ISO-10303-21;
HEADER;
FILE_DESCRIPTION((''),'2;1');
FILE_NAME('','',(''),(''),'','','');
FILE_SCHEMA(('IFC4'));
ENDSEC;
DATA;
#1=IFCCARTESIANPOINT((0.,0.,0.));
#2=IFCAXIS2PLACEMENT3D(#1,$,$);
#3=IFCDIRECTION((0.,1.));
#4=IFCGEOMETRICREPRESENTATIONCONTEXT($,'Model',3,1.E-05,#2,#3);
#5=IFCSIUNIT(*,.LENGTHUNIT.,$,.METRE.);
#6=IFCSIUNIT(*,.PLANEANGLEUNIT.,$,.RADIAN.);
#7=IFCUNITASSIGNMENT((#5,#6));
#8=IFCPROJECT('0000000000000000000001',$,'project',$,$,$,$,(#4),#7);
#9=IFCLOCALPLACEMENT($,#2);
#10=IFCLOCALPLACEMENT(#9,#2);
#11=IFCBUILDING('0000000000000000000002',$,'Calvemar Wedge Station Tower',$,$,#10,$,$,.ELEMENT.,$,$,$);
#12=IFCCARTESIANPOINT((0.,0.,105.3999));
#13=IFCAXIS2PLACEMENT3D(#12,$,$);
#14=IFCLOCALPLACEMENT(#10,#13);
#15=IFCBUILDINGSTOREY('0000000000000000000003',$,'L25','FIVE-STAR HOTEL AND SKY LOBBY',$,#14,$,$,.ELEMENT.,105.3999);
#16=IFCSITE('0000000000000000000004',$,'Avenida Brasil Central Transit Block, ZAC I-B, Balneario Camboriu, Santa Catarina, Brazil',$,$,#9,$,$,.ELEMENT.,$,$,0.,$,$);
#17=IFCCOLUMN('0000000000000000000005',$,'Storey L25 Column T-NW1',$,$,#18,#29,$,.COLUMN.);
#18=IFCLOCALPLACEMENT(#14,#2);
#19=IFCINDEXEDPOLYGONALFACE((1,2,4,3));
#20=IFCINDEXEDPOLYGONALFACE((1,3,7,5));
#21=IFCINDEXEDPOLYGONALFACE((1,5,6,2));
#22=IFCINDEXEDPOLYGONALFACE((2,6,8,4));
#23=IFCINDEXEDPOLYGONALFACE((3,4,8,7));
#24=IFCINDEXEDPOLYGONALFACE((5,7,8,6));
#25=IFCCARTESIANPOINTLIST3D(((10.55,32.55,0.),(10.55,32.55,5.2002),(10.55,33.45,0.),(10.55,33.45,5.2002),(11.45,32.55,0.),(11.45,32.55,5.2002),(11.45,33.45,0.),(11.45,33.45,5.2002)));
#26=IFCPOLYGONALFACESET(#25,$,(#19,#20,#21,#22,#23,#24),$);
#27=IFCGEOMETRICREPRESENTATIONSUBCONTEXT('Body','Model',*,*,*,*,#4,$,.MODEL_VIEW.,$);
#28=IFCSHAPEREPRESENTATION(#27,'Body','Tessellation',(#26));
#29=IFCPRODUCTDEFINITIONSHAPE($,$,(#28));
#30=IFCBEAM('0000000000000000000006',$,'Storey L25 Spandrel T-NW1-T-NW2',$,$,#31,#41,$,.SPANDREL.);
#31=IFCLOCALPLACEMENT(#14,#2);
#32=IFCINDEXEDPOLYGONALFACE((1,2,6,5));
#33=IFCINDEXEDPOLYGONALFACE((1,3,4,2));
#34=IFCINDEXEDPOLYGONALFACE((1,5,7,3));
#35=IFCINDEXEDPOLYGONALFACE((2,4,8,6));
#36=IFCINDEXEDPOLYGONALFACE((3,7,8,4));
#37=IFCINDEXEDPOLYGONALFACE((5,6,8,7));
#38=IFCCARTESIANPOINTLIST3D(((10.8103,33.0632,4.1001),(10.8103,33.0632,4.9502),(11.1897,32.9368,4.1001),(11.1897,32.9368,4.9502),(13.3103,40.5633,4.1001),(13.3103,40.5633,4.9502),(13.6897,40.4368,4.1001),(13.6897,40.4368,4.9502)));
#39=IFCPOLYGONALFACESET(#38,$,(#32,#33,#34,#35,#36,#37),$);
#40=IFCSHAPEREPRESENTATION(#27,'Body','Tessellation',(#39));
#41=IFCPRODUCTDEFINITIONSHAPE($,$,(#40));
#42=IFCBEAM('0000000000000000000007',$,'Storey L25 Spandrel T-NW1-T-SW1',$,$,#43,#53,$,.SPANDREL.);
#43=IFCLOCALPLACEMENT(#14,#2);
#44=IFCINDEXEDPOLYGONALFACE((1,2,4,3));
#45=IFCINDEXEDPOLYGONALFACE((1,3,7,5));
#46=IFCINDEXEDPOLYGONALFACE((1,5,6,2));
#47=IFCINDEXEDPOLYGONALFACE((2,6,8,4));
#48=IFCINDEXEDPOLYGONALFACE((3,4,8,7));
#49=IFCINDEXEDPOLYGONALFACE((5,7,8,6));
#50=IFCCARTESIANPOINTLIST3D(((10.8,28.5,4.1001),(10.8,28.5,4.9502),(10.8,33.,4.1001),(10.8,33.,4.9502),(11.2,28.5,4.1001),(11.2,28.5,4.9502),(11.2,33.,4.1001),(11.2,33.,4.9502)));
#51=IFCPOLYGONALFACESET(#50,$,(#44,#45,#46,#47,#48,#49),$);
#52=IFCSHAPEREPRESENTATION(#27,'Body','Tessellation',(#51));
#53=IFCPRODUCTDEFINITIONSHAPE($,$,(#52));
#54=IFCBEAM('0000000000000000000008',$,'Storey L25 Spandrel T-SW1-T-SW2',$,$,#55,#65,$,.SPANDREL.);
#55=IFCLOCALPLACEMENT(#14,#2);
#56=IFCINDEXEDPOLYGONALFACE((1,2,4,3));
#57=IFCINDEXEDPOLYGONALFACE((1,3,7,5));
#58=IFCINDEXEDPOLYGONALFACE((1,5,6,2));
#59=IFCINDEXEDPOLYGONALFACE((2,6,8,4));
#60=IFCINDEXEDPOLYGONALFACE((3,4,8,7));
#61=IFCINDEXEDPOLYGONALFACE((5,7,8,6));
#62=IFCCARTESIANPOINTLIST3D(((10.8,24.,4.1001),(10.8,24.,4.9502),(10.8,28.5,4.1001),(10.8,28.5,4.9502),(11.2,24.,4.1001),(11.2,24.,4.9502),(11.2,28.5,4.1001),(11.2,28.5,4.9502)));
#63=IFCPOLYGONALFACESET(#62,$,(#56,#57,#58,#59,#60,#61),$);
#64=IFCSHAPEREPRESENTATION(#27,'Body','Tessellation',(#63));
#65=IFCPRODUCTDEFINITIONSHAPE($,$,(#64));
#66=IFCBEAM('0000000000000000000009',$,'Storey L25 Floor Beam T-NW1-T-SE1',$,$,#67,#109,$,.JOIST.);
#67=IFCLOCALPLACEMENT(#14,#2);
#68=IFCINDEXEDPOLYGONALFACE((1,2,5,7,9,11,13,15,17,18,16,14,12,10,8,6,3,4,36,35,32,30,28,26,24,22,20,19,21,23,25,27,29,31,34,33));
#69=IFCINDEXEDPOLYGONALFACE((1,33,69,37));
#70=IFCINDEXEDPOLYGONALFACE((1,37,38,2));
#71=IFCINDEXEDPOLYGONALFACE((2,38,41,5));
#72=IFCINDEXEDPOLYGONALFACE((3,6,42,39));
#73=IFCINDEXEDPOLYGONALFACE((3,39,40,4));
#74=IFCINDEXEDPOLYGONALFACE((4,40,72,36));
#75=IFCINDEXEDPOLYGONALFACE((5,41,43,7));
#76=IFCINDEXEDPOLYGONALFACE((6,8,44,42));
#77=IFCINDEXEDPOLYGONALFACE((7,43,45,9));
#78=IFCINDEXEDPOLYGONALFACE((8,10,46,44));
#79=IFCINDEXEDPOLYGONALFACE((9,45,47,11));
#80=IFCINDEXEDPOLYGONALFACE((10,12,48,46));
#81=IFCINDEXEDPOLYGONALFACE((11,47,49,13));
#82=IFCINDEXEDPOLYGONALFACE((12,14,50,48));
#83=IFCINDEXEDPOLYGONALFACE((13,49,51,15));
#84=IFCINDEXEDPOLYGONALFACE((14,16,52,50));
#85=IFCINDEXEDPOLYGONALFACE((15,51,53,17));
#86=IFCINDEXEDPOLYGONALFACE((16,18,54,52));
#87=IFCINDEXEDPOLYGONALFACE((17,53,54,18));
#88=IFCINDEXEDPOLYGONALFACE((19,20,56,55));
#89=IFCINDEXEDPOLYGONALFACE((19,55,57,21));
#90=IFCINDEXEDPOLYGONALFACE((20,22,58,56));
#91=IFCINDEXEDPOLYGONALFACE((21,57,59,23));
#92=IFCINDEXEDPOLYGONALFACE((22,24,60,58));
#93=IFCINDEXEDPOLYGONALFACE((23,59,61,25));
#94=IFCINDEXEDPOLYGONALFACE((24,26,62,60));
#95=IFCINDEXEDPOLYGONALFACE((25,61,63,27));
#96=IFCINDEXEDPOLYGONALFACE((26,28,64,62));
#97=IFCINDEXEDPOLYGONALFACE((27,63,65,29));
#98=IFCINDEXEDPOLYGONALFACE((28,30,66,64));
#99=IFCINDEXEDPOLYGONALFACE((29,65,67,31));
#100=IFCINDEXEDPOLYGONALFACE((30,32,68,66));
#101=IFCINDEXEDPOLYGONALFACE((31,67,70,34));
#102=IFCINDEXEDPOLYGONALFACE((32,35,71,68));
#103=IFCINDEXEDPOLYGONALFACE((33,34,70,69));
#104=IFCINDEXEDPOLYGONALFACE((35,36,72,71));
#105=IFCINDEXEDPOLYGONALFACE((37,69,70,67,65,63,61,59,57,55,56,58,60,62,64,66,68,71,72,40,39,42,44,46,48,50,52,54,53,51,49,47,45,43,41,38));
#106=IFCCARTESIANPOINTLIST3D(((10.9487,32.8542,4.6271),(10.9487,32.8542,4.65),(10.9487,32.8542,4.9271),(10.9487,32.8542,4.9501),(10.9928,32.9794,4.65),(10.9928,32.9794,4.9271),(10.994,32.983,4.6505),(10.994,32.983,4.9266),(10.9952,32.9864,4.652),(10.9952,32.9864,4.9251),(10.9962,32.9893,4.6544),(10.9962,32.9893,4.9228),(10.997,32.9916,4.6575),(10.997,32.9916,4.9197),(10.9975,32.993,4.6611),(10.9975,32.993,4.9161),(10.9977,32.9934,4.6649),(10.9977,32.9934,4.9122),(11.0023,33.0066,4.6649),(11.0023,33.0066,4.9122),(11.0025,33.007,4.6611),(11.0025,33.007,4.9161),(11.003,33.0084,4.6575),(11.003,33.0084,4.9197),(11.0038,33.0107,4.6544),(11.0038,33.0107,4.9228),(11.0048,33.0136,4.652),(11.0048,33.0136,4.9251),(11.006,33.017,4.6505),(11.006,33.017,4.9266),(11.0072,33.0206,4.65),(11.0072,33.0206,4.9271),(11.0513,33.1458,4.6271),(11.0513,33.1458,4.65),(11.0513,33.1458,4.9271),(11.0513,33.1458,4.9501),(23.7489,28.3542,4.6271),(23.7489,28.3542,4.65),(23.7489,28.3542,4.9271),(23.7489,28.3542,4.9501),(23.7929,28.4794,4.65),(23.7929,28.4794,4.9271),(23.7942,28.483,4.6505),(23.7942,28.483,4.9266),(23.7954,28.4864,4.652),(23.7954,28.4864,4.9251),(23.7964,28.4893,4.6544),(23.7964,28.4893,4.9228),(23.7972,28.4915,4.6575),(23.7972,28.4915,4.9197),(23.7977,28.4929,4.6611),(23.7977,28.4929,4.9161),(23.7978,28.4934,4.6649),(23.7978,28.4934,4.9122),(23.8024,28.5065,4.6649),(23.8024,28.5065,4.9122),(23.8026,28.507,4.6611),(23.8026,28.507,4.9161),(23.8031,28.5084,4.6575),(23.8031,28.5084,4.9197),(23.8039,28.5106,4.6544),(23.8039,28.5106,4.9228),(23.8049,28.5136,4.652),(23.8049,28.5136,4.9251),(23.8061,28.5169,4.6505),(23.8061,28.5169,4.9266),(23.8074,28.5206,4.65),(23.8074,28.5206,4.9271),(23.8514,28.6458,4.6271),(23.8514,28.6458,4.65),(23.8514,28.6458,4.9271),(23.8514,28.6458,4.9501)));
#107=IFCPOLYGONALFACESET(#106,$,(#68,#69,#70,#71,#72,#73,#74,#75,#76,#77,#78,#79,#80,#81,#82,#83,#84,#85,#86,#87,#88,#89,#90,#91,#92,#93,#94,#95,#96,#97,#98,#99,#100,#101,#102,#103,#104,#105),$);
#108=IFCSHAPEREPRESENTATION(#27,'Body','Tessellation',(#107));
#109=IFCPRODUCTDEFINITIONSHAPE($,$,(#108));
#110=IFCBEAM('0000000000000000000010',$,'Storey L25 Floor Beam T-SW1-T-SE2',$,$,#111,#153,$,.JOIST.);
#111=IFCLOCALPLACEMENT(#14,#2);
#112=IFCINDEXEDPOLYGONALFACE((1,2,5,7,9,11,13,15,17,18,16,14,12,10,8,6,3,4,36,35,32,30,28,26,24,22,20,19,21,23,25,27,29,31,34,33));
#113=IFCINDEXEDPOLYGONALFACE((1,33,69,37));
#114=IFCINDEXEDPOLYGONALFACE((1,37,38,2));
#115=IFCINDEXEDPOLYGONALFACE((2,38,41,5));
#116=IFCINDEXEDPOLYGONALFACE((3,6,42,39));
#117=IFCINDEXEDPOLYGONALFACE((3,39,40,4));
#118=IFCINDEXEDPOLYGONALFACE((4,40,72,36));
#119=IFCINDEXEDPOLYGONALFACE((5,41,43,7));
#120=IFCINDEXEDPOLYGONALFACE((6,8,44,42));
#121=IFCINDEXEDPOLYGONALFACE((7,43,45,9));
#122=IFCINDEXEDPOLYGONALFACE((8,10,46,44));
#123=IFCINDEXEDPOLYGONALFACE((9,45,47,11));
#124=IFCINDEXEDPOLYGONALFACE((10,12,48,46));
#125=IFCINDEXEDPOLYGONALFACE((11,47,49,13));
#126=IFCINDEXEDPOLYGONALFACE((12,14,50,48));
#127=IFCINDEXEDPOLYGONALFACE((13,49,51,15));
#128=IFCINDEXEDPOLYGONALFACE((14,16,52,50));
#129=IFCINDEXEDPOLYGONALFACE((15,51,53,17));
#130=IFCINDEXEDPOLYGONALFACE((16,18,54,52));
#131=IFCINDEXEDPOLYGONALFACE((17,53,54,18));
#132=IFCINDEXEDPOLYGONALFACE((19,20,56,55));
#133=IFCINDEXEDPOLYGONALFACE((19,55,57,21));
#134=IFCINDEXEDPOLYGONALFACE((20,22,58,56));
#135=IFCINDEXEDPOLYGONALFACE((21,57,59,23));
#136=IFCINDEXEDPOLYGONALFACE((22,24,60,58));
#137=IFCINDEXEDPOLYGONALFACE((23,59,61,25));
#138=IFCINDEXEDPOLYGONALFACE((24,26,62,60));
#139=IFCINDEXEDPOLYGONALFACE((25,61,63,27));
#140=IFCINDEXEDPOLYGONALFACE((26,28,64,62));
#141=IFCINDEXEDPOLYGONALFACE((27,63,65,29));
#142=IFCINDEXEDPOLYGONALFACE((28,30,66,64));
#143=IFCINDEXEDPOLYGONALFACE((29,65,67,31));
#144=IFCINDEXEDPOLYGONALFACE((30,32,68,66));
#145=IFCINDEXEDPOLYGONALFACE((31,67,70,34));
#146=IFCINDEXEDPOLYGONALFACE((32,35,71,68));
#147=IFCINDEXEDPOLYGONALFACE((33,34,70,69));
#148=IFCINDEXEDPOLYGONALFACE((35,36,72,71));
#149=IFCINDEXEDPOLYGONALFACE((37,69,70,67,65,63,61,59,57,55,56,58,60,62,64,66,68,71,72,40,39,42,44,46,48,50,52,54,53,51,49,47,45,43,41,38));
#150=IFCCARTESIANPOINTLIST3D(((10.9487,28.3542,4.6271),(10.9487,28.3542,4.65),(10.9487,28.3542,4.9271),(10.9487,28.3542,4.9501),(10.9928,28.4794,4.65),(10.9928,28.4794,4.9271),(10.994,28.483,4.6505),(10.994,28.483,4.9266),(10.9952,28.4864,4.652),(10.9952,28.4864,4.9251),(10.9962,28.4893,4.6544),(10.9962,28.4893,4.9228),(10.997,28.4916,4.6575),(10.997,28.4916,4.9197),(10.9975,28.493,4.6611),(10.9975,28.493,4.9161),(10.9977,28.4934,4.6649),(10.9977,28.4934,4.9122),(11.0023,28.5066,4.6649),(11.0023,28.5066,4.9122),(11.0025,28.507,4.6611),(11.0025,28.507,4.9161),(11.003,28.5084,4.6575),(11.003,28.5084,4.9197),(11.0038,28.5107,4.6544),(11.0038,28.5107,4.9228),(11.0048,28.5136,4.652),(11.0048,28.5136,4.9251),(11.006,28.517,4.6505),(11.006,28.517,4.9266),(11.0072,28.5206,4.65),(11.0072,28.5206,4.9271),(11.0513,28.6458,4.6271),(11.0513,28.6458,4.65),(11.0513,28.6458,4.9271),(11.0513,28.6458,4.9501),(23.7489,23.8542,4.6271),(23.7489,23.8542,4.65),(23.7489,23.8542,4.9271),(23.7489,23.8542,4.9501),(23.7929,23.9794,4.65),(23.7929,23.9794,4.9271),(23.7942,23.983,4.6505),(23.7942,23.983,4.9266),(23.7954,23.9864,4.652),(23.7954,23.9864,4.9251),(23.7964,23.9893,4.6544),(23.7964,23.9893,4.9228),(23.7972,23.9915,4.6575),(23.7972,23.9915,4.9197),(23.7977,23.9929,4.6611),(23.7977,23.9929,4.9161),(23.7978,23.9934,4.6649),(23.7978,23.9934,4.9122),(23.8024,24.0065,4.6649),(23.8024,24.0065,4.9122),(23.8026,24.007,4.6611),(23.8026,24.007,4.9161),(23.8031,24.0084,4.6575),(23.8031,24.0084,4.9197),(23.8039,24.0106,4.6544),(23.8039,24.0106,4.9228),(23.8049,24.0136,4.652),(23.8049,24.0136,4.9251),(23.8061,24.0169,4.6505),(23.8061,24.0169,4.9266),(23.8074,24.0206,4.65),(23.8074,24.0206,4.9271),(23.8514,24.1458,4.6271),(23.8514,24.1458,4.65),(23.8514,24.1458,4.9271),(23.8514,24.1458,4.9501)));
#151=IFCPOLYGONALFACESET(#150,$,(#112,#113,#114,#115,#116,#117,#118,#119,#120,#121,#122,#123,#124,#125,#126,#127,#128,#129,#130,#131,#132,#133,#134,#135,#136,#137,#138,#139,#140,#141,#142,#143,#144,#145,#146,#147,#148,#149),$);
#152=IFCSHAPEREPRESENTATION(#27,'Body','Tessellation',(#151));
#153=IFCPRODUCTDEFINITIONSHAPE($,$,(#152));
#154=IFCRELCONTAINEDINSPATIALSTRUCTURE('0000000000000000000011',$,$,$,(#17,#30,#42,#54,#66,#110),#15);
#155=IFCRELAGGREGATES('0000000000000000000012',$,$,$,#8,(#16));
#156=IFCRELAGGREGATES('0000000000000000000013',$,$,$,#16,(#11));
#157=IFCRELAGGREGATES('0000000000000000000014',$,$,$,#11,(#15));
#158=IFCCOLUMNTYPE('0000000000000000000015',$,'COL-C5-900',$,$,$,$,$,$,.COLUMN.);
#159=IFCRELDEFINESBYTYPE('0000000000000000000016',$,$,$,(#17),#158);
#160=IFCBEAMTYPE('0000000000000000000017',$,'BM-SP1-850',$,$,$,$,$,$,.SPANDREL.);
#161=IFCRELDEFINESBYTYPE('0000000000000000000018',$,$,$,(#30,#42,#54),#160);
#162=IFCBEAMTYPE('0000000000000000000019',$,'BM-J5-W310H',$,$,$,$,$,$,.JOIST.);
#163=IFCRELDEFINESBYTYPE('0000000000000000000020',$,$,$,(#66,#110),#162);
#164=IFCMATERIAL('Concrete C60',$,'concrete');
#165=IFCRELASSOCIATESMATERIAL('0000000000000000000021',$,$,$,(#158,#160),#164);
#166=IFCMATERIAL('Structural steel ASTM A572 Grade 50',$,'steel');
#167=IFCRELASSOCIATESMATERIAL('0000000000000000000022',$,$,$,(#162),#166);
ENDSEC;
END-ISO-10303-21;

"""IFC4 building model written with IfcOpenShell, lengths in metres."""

from ifc_helpers import new_model, si_unit, direction, frame, origin, origin_2d, place, context, subcontext, project, spatial, rectangle, i_section, extrude, source, transform, mapped, material, material_profile, profile_set, type_object, element, save


model = new_model("IFC4")

# Units and contexts
model_context = context("Model", 3, precision=1e-05, world=origin(), true_north=direction((0.0, 1.0)))
body_context = subcontext(model_context, "Body", "Model", "MODEL_VIEW")
ifc_project = project(units=[si_unit("LENGTHUNIT", "METRE"), si_unit("PLANEANGLEUNIT", "RADIAN")], contexts=[model_context])

# Site, building, storey
site_placement = place(None, origin())
site = spatial("IfcSite", under=ifc_project, at=site_placement, Name="Avenida Brasil Central Transit Block, ZAC I-B, Balneario Camboriu, Santa Catarina, Brazil", CompositionType="ELEMENT", RefElevation=0.0)
building_placement = place(site_placement, origin())
building = spatial("IfcBuilding", under=site, at=building_placement, Name="Calvemar Wedge Station Tower", CompositionType="ELEMENT")
storey_placement = place(building_placement, frame((0.0, 0.0, 105.3999)))
storey = spatial("IfcBuildingStorey", under=building, at=storey_placement, Name="L25", Description="FIVE-STAR HOTEL AND SKY LOBBY", CompositionType="ELEMENT", Elevation=105.3999)

# Column
ifc_material_1 = material(Name="Concrete C60", Category="concrete")
ifc_material_profile_1 = material_profile(ifc_material_1, rectangle(XDim=0.8999, YDim=0.8999, at=origin_2d()), Name="RC900x900")
ifc_profile_set_1 = profile_set([ifc_material_profile_1], Name="Concrete C60")
column_type = type_object("IfcColumnType", Name="COL-C5-900", PredefinedType="COLUMN", material=ifc_profile_set_1)
shared_shape_1 = source(origin(), body_context, "Body", "SweptSolid", [
    extrude(rectangle(XDim=0.8999, YDim=0.8999, at=origin_2d()), origin(), (0.0, 0.0, 1.0), 5.2002),
])
column_placement = place(storey_placement, frame((11.0, 33.0, 0.0), z_axis=(0.0, 0.0, 1.0), x_axis=(1.0, 0.0, 0.0)))
element("IfcColumn", 1, at=column_placement, inside=storey, type_object=column_type, Name="Storey L25 Column T-NW1", PredefinedType="COLUMN", context=body_context, shape_type="MappedRepresentation", body=[
    mapped(shared_shape_1, transform((0.0, 0.0, 0.0), scale=1.0)),
])

# Beams
ifc_material_profile_2 = material_profile(ifc_material_1, rectangle(XDim=0.3999, YDim=0.8501, at=origin_2d()), Name="RC400x850")
ifc_profile_set_2 = profile_set([ifc_material_profile_2], Name="Concrete C60")
beam_type_1 = type_object("IfcBeamType", Name="BM-SP1-850", PredefinedType="SPANDREL", material=ifc_profile_set_2)
shared_shape_2 = source(origin(), body_context, "Body", "SweptSolid", [
    extrude(rectangle(XDim=0.3999, YDim=0.8501, at=origin_2d()), origin(), (0.0, 0.0, 1.0), 7.9058),
])
beam_1_placement = place(storey_placement, frame((11.0, 33.0, 4.5251), z_axis=(0.316228, 0.948683, 0.0), x_axis=(-0.948683, 0.316228, 0.0)))
element("IfcBeam", 2, at=beam_1_placement, inside=storey, type_object=beam_type_1, Name="Storey L25 Spandrel T-NW1-T-NW2", PredefinedType="SPANDREL", context=body_context, shape_type="MappedRepresentation", body=[
    mapped(shared_shape_2, transform((0.0, 0.0, 0.0), scale=1.0)),
])
shared_shape_3 = source(origin(), body_context, "Body", "SweptSolid", [
    extrude(rectangle(XDim=0.3999, YDim=0.8501, at=origin_2d()), origin(), (0.0, 0.0, 1.0), 4.5),
])
for number, where, z_axis, x_axis, name in (
    (3, (11.0, 33.0, 4.5251), (0.0, -1.0, 0.0), (1.0, 0.0, 0.0), "Storey L25 Spandrel T-NW1-T-SW1"),
    (4, (11.0, 28.5, 4.5251), (0.0, -1.0, 0.0), (1.0, 0.0, 0.0), "Storey L25 Spandrel T-SW1-T-SW2"),
):
    element("IfcBeam", number, at=place(storey_placement, frame(where, z_axis=z_axis, x_axis=x_axis)), inside=storey, type_object=beam_type_1, Name=name, PredefinedType="SPANDREL", context=body_context, shape_type="MappedRepresentation", body=[
        mapped(shared_shape_3, transform((0.0, 0.0, 0.0), scale=1.0)),
    ])
ifc_material_2 = material(Name="Structural steel ASTM A572 Grade 50", Category="steel")
ifc_material_profile_3 = material_profile(ifc_material_2, i_section(OverallWidth=0.3091, OverallDepth=0.323, WebThickness=0.0139, FlangeThickness=0.0229, FilletRadius=0.0149, at=origin_2d()), Name="W310x143")
ifc_profile_set_3 = profile_set([ifc_material_profile_3], Name="Structural steel ASTM A572 Grade 50")
beam_type_2 = type_object("IfcBeamType", Name="BM-J5-W310H", PredefinedType="JOIST", material=ifc_profile_set_3)
shared_shape_4 = source(origin(), body_context, "Body", "SweptSolid", [
    extrude(i_section(OverallWidth=0.3091, OverallDepth=0.323, WebThickness=0.0139, FlangeThickness=0.0229, FilletRadius=0.0149, at=origin_2d()), origin(), (0.0, 0.0, 1.0), 13.5681),
])
for number, where, z_axis, x_axis, name in (
    (5, (11.0, 33.0, 4.7886), (0.943398, -0.331662, 0.0), (0.331662, 0.943398, 0.0), "Storey L25 Floor Beam T-NW1-T-SE1"),
    (6, (11.0, 28.5, 4.7886), (0.943398, -0.331662, 0.0), (0.331662, 0.943398, 0.0), "Storey L25 Floor Beam T-SW1-T-SE2"),
):
    element("IfcBeam", number, at=place(storey_placement, frame(where, z_axis=z_axis, x_axis=x_axis)), inside=storey, type_object=beam_type_2, Name=name, PredefinedType="JOIST", context=body_context, shape_type="MappedRepresentation", body=[
        mapped(shared_shape_4, transform((0.0, 0.0, 0.0), scale=1.0)),
    ])

save(model, "model.ifc")
